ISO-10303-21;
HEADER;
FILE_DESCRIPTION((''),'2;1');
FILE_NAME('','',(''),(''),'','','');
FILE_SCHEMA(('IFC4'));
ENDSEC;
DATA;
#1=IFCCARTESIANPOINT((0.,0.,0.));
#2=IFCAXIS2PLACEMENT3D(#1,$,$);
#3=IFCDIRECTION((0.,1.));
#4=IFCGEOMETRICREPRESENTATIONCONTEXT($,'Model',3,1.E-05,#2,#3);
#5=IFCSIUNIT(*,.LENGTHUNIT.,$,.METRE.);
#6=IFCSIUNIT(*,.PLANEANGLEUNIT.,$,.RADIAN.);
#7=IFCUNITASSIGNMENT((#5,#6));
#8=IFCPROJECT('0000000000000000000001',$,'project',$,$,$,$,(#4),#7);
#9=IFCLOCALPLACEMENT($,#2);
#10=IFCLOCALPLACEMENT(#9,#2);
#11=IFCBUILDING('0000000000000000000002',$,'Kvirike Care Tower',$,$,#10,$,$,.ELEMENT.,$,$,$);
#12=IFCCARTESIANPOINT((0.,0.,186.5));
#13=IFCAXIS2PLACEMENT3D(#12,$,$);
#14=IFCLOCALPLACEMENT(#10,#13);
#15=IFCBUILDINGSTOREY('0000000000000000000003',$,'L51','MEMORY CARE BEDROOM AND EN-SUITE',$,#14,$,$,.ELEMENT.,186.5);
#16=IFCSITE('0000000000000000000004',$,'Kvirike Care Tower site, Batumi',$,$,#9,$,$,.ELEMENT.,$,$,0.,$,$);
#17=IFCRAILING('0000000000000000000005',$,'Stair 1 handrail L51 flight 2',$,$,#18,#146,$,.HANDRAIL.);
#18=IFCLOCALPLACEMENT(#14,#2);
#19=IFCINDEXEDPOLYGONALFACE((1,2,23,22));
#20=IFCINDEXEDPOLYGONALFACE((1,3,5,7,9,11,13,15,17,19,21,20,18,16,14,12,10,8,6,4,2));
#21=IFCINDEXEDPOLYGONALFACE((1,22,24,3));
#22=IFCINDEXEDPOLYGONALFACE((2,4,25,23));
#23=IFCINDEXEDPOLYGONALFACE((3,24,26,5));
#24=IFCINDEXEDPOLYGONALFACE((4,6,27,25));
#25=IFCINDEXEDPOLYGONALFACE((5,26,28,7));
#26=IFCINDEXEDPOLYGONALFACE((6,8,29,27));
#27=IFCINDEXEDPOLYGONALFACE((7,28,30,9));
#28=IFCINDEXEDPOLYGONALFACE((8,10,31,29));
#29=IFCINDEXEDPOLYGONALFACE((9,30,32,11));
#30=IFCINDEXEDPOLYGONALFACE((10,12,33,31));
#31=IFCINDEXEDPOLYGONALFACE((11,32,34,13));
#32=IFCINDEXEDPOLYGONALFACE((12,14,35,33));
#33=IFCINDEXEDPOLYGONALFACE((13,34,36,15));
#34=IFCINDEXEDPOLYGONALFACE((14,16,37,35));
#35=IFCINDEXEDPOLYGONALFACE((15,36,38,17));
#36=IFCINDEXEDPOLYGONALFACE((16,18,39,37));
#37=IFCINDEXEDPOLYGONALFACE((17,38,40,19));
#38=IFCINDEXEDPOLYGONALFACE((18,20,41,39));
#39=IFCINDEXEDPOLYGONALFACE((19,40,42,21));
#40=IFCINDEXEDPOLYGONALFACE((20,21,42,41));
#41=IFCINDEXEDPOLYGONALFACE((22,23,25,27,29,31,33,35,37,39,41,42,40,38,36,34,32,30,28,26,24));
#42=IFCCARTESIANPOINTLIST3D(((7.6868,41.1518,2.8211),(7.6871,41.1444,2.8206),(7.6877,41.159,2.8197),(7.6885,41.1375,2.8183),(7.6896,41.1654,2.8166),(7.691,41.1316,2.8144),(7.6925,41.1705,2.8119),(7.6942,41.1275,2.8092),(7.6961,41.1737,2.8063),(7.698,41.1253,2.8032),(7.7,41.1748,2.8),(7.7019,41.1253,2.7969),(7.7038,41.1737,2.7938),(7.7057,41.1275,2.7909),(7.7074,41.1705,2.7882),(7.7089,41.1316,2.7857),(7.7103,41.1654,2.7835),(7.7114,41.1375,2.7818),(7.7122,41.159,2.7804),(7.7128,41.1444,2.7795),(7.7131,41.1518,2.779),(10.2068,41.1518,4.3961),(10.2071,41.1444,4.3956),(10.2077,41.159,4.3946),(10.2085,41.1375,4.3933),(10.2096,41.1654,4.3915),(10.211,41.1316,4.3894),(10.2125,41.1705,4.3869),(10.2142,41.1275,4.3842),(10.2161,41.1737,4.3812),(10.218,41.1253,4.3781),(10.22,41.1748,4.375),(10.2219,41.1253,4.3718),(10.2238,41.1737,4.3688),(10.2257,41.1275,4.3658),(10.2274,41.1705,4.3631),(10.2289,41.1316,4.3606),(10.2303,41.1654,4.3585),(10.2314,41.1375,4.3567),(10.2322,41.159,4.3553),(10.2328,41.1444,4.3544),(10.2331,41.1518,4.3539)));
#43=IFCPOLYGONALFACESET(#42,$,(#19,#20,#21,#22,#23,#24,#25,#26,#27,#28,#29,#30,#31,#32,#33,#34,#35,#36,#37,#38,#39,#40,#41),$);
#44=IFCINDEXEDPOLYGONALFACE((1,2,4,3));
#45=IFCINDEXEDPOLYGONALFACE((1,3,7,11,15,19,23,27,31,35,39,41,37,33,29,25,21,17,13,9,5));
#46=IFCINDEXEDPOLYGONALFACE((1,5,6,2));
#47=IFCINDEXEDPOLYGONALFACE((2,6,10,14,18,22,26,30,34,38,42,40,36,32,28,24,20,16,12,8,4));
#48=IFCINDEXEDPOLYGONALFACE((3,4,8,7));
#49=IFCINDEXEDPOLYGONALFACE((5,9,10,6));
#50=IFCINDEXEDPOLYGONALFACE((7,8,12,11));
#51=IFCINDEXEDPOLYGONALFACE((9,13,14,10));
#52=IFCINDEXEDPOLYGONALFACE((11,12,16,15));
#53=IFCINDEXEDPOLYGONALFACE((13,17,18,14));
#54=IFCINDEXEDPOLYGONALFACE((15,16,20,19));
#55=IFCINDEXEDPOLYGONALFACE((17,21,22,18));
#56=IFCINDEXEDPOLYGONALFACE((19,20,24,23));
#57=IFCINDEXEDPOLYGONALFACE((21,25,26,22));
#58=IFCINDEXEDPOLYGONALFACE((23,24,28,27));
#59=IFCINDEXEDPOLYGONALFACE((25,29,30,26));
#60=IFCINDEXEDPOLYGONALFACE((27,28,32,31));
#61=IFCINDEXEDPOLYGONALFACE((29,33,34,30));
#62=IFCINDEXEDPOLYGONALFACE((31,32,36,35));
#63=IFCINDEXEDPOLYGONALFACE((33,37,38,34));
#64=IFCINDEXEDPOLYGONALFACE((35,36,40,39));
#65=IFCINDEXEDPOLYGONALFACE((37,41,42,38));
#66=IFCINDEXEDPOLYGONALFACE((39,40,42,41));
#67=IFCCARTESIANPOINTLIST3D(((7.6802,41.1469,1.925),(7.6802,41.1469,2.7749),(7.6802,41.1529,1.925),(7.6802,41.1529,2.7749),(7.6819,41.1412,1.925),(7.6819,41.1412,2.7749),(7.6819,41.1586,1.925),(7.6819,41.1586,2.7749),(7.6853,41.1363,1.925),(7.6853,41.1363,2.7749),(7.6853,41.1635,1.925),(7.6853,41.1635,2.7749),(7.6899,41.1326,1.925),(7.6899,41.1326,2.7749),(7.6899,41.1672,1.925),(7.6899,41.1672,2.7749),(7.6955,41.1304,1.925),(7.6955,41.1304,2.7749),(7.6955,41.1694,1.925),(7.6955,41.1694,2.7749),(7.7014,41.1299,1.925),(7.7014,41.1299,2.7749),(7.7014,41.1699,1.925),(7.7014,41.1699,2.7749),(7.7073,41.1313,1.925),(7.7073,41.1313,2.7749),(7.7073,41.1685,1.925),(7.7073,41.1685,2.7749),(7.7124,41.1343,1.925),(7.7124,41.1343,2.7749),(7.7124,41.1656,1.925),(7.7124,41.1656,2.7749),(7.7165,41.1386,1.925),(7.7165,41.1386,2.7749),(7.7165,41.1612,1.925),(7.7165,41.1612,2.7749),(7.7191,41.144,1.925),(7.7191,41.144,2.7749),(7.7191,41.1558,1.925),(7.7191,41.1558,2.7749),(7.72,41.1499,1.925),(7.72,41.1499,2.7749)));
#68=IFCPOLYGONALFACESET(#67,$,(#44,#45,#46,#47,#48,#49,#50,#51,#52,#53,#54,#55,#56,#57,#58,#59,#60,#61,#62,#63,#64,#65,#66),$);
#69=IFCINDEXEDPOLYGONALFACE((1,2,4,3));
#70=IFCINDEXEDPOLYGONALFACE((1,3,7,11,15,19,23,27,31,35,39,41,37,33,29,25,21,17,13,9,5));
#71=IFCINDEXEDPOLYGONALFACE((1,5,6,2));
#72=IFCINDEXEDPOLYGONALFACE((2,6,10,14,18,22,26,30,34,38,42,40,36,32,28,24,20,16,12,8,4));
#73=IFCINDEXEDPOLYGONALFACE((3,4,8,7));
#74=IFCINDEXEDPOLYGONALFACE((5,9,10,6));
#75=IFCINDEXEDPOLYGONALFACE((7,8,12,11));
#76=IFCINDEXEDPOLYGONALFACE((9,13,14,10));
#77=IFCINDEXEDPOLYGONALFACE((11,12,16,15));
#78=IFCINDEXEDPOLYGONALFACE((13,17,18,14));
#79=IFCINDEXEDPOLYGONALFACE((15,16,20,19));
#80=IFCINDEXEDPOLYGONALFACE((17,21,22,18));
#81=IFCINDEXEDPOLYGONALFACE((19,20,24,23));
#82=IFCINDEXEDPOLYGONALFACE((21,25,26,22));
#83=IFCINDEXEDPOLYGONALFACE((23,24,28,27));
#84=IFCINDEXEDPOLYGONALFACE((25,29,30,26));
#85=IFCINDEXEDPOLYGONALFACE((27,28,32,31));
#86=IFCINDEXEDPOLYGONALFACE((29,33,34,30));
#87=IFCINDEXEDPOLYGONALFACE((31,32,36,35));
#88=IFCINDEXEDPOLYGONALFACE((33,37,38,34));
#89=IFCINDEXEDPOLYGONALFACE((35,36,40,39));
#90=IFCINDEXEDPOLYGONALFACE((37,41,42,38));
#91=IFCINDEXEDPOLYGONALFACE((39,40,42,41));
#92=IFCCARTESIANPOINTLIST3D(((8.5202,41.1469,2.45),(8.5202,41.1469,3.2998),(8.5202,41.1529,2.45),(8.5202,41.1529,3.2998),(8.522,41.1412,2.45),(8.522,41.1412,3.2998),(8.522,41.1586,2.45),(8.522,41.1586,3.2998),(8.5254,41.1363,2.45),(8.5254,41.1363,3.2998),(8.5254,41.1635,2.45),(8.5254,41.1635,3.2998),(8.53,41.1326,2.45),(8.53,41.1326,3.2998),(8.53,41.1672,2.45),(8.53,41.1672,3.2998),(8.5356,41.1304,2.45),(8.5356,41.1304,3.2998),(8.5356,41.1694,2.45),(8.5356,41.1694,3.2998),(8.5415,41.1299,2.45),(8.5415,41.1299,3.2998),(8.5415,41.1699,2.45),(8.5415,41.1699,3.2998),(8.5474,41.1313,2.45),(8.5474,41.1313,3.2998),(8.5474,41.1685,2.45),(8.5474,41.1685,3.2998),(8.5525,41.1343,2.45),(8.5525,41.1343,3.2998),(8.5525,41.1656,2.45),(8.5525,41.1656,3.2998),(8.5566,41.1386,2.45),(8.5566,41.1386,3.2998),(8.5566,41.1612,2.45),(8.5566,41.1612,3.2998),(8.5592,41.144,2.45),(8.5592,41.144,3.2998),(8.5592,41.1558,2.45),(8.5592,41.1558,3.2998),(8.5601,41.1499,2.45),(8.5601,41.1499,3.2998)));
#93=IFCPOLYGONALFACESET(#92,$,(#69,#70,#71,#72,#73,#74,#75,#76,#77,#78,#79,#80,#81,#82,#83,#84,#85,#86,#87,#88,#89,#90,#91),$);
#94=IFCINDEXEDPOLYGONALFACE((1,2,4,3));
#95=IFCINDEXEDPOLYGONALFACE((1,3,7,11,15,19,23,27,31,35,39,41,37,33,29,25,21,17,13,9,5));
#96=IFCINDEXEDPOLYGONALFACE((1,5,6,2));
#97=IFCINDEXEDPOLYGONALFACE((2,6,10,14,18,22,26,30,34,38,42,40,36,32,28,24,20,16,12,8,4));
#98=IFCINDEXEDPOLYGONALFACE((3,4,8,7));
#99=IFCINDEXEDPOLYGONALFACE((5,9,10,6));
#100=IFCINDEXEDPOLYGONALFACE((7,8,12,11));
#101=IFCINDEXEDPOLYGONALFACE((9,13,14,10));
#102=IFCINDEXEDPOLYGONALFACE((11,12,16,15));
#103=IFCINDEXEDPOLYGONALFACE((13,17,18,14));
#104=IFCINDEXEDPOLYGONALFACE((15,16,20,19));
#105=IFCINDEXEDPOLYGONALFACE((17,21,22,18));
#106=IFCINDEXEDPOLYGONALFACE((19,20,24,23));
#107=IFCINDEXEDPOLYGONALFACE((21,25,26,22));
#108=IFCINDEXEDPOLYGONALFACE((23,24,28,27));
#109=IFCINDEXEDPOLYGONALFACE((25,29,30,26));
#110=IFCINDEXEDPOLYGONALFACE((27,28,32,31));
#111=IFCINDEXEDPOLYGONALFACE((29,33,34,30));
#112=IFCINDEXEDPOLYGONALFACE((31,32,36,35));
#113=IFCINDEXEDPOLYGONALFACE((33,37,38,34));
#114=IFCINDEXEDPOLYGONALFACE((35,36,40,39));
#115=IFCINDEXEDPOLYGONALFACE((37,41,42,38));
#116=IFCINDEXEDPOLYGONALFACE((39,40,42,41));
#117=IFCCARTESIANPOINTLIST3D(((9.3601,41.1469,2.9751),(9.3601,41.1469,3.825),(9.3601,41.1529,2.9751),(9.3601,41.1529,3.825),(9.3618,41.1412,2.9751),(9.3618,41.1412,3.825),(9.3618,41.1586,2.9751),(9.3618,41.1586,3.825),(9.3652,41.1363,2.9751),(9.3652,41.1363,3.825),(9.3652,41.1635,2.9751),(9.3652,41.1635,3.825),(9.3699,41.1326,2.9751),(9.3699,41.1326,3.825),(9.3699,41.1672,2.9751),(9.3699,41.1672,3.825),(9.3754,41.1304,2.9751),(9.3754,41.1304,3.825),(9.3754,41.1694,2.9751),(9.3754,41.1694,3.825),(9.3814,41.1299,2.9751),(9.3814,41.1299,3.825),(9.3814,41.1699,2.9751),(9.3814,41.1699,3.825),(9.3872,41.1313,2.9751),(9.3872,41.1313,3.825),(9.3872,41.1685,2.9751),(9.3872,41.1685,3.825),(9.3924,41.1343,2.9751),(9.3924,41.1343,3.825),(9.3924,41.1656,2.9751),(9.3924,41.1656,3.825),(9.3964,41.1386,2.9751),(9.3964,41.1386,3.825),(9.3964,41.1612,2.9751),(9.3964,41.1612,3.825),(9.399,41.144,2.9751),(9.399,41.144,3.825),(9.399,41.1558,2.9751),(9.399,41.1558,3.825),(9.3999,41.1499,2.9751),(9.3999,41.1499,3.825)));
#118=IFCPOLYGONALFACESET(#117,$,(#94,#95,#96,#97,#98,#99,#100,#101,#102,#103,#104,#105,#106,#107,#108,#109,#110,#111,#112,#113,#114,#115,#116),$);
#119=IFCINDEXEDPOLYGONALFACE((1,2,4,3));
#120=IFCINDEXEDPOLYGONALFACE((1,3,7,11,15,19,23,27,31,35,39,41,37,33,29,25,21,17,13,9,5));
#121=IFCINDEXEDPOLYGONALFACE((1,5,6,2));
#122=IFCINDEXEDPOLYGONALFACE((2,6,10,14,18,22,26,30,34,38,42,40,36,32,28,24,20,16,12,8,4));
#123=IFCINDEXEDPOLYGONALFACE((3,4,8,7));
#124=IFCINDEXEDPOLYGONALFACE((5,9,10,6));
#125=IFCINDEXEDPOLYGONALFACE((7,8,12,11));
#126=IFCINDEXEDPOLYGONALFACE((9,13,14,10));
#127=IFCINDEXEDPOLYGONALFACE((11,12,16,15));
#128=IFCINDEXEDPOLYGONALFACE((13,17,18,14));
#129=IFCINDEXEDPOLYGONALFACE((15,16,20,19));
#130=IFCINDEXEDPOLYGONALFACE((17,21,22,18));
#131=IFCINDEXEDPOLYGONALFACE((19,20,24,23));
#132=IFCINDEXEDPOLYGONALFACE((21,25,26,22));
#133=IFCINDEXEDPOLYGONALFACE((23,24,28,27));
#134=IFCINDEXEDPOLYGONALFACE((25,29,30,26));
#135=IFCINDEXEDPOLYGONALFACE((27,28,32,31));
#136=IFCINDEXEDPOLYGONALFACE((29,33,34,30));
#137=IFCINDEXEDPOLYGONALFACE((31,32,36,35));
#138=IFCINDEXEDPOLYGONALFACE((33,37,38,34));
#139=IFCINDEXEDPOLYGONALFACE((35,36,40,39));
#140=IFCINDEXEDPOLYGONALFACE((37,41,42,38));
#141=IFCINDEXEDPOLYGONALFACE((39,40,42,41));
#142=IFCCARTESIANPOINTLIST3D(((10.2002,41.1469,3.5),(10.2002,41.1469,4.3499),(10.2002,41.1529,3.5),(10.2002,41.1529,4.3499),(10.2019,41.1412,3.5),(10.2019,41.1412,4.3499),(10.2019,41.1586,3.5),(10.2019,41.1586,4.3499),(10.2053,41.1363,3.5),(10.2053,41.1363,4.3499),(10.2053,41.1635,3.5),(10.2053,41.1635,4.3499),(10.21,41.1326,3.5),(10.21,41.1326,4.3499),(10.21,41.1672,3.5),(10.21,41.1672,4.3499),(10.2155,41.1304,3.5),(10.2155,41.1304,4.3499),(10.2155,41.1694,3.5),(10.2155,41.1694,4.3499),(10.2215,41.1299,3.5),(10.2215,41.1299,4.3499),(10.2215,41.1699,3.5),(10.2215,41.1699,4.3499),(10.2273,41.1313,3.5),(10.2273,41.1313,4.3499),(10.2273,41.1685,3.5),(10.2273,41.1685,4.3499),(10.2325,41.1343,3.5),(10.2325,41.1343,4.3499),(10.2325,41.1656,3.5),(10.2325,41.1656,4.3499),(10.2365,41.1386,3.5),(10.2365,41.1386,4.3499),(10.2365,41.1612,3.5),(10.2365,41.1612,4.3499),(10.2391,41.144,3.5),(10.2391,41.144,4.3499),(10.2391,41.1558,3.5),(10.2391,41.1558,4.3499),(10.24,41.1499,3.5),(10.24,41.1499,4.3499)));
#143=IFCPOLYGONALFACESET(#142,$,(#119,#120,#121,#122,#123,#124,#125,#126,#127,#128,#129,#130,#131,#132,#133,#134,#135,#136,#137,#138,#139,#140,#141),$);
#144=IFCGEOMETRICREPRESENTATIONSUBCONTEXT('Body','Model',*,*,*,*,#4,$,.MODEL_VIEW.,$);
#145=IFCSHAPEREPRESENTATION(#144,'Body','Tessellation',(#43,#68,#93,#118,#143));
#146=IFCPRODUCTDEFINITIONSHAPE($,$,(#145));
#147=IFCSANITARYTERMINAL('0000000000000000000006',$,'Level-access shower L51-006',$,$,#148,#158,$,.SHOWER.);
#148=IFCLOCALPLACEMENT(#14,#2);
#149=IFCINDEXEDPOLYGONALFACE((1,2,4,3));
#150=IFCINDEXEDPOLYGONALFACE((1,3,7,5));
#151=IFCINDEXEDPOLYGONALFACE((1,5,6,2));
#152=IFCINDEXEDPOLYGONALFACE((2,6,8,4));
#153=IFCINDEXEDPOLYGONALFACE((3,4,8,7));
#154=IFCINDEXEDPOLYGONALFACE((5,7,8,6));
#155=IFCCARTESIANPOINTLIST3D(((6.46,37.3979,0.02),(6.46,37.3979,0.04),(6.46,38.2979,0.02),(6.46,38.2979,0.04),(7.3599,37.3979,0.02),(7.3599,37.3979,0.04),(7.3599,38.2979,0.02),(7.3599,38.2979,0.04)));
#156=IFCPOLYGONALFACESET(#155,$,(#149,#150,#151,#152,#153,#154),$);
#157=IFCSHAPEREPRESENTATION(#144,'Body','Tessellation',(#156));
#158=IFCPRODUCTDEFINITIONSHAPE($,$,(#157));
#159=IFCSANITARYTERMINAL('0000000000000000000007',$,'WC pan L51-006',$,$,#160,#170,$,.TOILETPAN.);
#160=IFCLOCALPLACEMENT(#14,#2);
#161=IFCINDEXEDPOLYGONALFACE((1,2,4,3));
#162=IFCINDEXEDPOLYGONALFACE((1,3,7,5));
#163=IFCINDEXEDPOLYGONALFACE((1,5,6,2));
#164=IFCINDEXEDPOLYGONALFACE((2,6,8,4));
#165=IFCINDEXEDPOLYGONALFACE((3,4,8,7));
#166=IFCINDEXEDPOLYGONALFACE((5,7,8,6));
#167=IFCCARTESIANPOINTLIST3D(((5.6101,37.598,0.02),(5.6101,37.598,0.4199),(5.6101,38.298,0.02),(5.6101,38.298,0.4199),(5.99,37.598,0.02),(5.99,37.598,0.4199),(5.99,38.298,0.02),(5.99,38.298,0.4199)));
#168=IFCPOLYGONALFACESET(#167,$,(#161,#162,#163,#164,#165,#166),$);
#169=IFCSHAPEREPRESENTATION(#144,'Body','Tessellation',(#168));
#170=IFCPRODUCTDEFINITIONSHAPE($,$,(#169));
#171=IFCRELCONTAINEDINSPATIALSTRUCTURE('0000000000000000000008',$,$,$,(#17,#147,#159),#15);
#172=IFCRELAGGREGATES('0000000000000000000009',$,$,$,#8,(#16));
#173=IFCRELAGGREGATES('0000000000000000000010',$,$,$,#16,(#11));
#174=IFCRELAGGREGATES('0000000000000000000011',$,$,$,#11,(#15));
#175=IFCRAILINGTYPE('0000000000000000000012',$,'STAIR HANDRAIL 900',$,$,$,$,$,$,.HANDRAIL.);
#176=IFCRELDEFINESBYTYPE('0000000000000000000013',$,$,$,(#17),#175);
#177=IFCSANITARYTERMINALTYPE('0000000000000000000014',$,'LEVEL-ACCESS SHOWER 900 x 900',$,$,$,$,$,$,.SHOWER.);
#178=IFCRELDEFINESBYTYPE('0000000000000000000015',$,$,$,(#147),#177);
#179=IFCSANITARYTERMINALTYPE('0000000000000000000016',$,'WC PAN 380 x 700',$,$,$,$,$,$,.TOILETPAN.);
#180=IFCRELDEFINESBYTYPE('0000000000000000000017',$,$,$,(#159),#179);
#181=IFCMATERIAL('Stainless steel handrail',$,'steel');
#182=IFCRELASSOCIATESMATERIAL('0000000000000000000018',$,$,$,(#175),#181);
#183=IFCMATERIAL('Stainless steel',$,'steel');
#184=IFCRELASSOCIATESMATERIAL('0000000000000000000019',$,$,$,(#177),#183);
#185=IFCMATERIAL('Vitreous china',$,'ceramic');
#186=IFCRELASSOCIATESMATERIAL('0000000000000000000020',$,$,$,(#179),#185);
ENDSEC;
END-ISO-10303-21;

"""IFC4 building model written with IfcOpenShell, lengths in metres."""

from ifc_helpers import new_model, si_unit, direction, frame, origin, origin_2d, place, context, subcontext, project, spatial, rectangle, circle, extrude, material, type_object, element, save


model = new_model("IFC4")

# Units and contexts
model_context = context("Model", 3, precision=1e-05, world=origin(), true_north=direction((0.0, 1.0)))
body_context = subcontext(model_context, "Body", "Model", "MODEL_VIEW")
ifc_project = project(units=[si_unit("LENGTHUNIT", "METRE"), si_unit("PLANEANGLEUNIT", "RADIAN")], contexts=[model_context])

# Site, building, storey
site_placement = place(None, origin())
site = spatial("IfcSite", under=ifc_project, at=site_placement, Name="Kvirike Care Tower site, Batumi", CompositionType="ELEMENT", RefElevation=0.0)
building_placement = place(site_placement, origin())
building = spatial("IfcBuilding", under=site, at=building_placement, Name="Kvirike Care Tower", CompositionType="ELEMENT")
storey_placement = place(building_placement, frame((0.0, 0.0, 186.5)))
storey = spatial("IfcBuildingStorey", under=building, at=storey_placement, Name="L51", Description="MEMORY CARE BEDROOM AND EN-SUITE", CompositionType="ELEMENT", Elevation=186.5)

# Railing
ifc_material_1 = material(Name="Stainless steel handrail", Category="steel")
railing_type = type_object("IfcRailingType", Name="STAIR HANDRAIL 900", PredefinedType="HANDRAIL", material=ifc_material_1)
railing_placement = place(storey_placement, frame((7.7, 41.1499, 1.925)))
element("IfcRailing", 1, at=railing_placement, inside=storey, type_object=railing_type, Name="Stair 1 handrail L51 flight 2", PredefinedType="HANDRAIL", context=body_context, shape_type="SweptSolid", body=[
    extrude(circle(Radius=0.0249, at=origin_2d()), frame((0.0, 0.0, 0.875), z_axis=(0.848008, 0.0, 0.529984), x_axis=(0.0, 1.0, 0.0)), (0.0, 0.0, 1.0), 2.9717),
    extrude(circle(Radius=0.02, at=origin_2d()), origin(), (0.0, 0.0, 1.0), 0.8499),
    extrude(circle(Radius=0.02, at=origin_2d()), frame((0.8401, 0.0, 0.5249)), (0.0, 0.0, 1.0), 0.8499),
    extrude(circle(Radius=0.02, at=origin_2d()), frame((1.6799, 0.0, 1.05)), (0.0, 0.0, 1.0), 0.8499),
    extrude(circle(Radius=0.02, at=origin_2d()), frame((2.52, 0.0, 1.575)), (0.0, 0.0, 1.0), 0.8499),
])

# Sanitary terminals
ifc_material_2 = material(Name="Stainless steel", Category="steel")
sanitary_terminal_type_1 = type_object("IfcSanitaryTerminalType", Name="LEVEL-ACCESS SHOWER 900 x 900", PredefinedType="SHOWER", material=ifc_material_2)
sanitary_terminal_1_placement = place(storey_placement, frame((6.9099, 37.8479, 0.02), z_axis=(0.0, 0.0, 1.0), x_axis=(1.0, 0.0, 0.0)))
element("IfcSanitaryTerminal", 2, at=sanitary_terminal_1_placement, inside=storey, type_object=sanitary_terminal_type_1, Name="Level-access shower L51-006", PredefinedType="SHOWER", context=body_context, shape_type="SweptSolid", body=[
    extrude(rectangle(XDim=0.8999, YDim=0.8999, at=origin_2d()), origin(), (0.0, 0.0, 1.0), 0.02),
])
ifc_material_3 = material(Name="Vitreous china", Category="ceramic")
sanitary_terminal_type_2 = type_object("IfcSanitaryTerminalType", Name="WC PAN 380 x 700", PredefinedType="TOILETPAN", material=ifc_material_3)
sanitary_terminal_2_placement = place(storey_placement, frame((5.8, 37.948, 0.02), z_axis=(0.0, 0.0, 1.0), x_axis=(1.0, 0.0, 0.0)))
element("IfcSanitaryTerminal", 3, at=sanitary_terminal_2_placement, inside=storey, type_object=sanitary_terminal_type_2, Name="WC pan L51-006", PredefinedType="TOILETPAN", context=body_context, shape_type="SweptSolid", body=[
    extrude(rectangle(XDim=0.3799, YDim=0.7, at=origin_2d()), origin(), (0.0, 0.0, 1.0), 0.3999),
])

save(model, "model.ifc")
